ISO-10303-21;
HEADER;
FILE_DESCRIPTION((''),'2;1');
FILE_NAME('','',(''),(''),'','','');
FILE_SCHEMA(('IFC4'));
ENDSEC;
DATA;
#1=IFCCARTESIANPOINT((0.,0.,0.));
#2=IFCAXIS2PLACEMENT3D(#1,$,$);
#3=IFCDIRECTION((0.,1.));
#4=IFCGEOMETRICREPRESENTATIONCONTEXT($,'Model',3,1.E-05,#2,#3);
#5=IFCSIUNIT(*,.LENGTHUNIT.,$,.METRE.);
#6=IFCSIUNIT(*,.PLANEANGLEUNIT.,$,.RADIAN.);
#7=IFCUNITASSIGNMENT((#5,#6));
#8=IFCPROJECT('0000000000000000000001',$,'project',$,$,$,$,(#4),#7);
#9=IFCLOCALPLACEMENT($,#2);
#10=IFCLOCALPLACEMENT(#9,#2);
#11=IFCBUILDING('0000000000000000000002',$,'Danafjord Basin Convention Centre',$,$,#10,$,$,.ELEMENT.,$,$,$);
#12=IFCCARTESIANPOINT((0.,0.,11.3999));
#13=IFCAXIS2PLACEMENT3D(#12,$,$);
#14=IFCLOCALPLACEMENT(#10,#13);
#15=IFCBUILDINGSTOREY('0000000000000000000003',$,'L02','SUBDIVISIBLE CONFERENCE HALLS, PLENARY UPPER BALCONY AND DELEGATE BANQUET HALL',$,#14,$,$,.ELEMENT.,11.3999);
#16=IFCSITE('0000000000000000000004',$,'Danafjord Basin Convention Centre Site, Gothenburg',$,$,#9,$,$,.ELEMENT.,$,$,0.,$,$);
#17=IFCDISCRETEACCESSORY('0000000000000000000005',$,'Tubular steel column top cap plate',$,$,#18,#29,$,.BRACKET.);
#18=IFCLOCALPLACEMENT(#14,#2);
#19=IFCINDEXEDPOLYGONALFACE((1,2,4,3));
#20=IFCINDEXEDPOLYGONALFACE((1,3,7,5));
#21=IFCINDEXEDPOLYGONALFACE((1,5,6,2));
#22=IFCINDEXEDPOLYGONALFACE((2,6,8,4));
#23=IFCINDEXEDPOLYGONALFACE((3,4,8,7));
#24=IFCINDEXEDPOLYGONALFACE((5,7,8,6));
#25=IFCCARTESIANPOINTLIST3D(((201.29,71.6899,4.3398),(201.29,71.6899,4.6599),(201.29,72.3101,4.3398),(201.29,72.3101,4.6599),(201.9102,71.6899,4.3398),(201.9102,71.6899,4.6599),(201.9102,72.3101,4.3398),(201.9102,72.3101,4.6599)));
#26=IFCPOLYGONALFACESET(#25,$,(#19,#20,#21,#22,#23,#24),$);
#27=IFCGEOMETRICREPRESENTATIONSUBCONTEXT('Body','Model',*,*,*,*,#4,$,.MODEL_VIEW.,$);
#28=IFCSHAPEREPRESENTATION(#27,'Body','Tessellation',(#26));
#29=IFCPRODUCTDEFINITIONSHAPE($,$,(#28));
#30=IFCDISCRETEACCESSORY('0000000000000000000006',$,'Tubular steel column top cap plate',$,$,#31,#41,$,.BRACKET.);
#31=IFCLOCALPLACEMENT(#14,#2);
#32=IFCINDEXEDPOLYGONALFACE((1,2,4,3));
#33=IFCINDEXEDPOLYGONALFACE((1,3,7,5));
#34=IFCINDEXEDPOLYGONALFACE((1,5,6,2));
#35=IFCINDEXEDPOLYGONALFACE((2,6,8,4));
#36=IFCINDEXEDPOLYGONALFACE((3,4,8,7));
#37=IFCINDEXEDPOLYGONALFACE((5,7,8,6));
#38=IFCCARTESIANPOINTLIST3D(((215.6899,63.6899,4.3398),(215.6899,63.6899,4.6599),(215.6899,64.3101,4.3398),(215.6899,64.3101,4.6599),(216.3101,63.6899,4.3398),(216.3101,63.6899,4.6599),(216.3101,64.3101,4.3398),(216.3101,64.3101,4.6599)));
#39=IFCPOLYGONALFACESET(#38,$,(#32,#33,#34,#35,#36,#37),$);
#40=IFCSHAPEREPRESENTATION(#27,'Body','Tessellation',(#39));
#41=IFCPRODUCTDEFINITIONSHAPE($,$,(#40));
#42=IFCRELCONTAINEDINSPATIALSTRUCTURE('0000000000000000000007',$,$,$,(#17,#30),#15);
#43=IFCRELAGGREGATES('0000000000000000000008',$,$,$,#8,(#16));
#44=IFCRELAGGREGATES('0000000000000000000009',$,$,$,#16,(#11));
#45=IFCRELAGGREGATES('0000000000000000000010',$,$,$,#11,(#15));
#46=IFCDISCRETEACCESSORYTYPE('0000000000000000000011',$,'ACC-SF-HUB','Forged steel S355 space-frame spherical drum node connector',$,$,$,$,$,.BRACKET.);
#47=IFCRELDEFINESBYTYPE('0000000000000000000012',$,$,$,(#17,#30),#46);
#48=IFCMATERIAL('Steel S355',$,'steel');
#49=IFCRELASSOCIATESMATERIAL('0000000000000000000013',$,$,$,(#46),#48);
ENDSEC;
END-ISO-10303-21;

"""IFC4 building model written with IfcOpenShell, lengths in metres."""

from ifc_helpers import new_model, si_unit, direction, frame, origin, origin_2d, place, context, subcontext, project, spatial, rectangle, extrude, material, type_object, element, save


model = new_model("IFC4")

# Units and contexts
model_context = context("Model", 3, precision=1e-05, world=origin(), true_north=direction((0.0, 1.0)))
body_context = subcontext(model_context, "Body", "Model", "MODEL_VIEW")
ifc_project = project(units=[si_unit("LENGTHUNIT", "METRE"), si_unit("PLANEANGLEUNIT", "RADIAN")], contexts=[model_context])

# Site, building, storey
site_placement = place(None, origin())
site = spatial("IfcSite", under=ifc_project, at=site_placement, Name="Danafjord Basin Convention Centre Site, Gothenburg", CompositionType="ELEMENT", RefElevation=0.0)
building_placement = place(site_placement, origin())
building = spatial("IfcBuilding", under=site, at=building_placement, Name="Danafjord Basin Convention Centre", CompositionType="ELEMENT")
storey_placement = place(building_placement, frame((0.0, 0.0, 11.3999)))
storey = spatial("IfcBuildingStorey", under=building, at=storey_placement, Name="L02", Description="SUBDIVISIBLE CONFERENCE HALLS, PLENARY UPPER BALCONY AND DELEGATE BANQUET HALL", CompositionType="ELEMENT", Elevation=11.3999)

# Shared definitions
ifc_material_1 = material(Name="Steel S355", Category="steel")

# Discrete accessories
discrete_accessory_type_1 = type_object("IfcDiscreteAccessoryType", Name="ACC-SF-HUB", Description="Forged steel S355 space-frame spherical drum node connector", PredefinedType="BRACKET", material=ifc_material_1)
for number, where, z_axis, x_axis, name in (
    (1, (201.6001, 72.0, 4.3398), (0.0, 0.0, 1.0), (1.0, 0.0, 0.0), "Tubular steel column top cap plate"),
    (2, (216.0, 64.0, 4.3398), (0.0, 0.0, 1.0), (1.0, 0.0, 0.0), "Tubular steel column top cap plate"),
):
    element("IfcDiscreteAccessory", number, at=place(storey_placement, frame(where, z_axis=z_axis, x_axis=x_axis)), inside=storey, type_object=discrete_accessory_type_1, Name=name, PredefinedType="BRACKET", context=body_context, shape_type="SweptSolid", body=[
        extrude(rectangle(XDim=0.6201, YDim=0.6201, at=origin_2d()), origin(), (0.0, 0.0, 1.0), 0.3201),
    ])

save(model, "model.ifc")
